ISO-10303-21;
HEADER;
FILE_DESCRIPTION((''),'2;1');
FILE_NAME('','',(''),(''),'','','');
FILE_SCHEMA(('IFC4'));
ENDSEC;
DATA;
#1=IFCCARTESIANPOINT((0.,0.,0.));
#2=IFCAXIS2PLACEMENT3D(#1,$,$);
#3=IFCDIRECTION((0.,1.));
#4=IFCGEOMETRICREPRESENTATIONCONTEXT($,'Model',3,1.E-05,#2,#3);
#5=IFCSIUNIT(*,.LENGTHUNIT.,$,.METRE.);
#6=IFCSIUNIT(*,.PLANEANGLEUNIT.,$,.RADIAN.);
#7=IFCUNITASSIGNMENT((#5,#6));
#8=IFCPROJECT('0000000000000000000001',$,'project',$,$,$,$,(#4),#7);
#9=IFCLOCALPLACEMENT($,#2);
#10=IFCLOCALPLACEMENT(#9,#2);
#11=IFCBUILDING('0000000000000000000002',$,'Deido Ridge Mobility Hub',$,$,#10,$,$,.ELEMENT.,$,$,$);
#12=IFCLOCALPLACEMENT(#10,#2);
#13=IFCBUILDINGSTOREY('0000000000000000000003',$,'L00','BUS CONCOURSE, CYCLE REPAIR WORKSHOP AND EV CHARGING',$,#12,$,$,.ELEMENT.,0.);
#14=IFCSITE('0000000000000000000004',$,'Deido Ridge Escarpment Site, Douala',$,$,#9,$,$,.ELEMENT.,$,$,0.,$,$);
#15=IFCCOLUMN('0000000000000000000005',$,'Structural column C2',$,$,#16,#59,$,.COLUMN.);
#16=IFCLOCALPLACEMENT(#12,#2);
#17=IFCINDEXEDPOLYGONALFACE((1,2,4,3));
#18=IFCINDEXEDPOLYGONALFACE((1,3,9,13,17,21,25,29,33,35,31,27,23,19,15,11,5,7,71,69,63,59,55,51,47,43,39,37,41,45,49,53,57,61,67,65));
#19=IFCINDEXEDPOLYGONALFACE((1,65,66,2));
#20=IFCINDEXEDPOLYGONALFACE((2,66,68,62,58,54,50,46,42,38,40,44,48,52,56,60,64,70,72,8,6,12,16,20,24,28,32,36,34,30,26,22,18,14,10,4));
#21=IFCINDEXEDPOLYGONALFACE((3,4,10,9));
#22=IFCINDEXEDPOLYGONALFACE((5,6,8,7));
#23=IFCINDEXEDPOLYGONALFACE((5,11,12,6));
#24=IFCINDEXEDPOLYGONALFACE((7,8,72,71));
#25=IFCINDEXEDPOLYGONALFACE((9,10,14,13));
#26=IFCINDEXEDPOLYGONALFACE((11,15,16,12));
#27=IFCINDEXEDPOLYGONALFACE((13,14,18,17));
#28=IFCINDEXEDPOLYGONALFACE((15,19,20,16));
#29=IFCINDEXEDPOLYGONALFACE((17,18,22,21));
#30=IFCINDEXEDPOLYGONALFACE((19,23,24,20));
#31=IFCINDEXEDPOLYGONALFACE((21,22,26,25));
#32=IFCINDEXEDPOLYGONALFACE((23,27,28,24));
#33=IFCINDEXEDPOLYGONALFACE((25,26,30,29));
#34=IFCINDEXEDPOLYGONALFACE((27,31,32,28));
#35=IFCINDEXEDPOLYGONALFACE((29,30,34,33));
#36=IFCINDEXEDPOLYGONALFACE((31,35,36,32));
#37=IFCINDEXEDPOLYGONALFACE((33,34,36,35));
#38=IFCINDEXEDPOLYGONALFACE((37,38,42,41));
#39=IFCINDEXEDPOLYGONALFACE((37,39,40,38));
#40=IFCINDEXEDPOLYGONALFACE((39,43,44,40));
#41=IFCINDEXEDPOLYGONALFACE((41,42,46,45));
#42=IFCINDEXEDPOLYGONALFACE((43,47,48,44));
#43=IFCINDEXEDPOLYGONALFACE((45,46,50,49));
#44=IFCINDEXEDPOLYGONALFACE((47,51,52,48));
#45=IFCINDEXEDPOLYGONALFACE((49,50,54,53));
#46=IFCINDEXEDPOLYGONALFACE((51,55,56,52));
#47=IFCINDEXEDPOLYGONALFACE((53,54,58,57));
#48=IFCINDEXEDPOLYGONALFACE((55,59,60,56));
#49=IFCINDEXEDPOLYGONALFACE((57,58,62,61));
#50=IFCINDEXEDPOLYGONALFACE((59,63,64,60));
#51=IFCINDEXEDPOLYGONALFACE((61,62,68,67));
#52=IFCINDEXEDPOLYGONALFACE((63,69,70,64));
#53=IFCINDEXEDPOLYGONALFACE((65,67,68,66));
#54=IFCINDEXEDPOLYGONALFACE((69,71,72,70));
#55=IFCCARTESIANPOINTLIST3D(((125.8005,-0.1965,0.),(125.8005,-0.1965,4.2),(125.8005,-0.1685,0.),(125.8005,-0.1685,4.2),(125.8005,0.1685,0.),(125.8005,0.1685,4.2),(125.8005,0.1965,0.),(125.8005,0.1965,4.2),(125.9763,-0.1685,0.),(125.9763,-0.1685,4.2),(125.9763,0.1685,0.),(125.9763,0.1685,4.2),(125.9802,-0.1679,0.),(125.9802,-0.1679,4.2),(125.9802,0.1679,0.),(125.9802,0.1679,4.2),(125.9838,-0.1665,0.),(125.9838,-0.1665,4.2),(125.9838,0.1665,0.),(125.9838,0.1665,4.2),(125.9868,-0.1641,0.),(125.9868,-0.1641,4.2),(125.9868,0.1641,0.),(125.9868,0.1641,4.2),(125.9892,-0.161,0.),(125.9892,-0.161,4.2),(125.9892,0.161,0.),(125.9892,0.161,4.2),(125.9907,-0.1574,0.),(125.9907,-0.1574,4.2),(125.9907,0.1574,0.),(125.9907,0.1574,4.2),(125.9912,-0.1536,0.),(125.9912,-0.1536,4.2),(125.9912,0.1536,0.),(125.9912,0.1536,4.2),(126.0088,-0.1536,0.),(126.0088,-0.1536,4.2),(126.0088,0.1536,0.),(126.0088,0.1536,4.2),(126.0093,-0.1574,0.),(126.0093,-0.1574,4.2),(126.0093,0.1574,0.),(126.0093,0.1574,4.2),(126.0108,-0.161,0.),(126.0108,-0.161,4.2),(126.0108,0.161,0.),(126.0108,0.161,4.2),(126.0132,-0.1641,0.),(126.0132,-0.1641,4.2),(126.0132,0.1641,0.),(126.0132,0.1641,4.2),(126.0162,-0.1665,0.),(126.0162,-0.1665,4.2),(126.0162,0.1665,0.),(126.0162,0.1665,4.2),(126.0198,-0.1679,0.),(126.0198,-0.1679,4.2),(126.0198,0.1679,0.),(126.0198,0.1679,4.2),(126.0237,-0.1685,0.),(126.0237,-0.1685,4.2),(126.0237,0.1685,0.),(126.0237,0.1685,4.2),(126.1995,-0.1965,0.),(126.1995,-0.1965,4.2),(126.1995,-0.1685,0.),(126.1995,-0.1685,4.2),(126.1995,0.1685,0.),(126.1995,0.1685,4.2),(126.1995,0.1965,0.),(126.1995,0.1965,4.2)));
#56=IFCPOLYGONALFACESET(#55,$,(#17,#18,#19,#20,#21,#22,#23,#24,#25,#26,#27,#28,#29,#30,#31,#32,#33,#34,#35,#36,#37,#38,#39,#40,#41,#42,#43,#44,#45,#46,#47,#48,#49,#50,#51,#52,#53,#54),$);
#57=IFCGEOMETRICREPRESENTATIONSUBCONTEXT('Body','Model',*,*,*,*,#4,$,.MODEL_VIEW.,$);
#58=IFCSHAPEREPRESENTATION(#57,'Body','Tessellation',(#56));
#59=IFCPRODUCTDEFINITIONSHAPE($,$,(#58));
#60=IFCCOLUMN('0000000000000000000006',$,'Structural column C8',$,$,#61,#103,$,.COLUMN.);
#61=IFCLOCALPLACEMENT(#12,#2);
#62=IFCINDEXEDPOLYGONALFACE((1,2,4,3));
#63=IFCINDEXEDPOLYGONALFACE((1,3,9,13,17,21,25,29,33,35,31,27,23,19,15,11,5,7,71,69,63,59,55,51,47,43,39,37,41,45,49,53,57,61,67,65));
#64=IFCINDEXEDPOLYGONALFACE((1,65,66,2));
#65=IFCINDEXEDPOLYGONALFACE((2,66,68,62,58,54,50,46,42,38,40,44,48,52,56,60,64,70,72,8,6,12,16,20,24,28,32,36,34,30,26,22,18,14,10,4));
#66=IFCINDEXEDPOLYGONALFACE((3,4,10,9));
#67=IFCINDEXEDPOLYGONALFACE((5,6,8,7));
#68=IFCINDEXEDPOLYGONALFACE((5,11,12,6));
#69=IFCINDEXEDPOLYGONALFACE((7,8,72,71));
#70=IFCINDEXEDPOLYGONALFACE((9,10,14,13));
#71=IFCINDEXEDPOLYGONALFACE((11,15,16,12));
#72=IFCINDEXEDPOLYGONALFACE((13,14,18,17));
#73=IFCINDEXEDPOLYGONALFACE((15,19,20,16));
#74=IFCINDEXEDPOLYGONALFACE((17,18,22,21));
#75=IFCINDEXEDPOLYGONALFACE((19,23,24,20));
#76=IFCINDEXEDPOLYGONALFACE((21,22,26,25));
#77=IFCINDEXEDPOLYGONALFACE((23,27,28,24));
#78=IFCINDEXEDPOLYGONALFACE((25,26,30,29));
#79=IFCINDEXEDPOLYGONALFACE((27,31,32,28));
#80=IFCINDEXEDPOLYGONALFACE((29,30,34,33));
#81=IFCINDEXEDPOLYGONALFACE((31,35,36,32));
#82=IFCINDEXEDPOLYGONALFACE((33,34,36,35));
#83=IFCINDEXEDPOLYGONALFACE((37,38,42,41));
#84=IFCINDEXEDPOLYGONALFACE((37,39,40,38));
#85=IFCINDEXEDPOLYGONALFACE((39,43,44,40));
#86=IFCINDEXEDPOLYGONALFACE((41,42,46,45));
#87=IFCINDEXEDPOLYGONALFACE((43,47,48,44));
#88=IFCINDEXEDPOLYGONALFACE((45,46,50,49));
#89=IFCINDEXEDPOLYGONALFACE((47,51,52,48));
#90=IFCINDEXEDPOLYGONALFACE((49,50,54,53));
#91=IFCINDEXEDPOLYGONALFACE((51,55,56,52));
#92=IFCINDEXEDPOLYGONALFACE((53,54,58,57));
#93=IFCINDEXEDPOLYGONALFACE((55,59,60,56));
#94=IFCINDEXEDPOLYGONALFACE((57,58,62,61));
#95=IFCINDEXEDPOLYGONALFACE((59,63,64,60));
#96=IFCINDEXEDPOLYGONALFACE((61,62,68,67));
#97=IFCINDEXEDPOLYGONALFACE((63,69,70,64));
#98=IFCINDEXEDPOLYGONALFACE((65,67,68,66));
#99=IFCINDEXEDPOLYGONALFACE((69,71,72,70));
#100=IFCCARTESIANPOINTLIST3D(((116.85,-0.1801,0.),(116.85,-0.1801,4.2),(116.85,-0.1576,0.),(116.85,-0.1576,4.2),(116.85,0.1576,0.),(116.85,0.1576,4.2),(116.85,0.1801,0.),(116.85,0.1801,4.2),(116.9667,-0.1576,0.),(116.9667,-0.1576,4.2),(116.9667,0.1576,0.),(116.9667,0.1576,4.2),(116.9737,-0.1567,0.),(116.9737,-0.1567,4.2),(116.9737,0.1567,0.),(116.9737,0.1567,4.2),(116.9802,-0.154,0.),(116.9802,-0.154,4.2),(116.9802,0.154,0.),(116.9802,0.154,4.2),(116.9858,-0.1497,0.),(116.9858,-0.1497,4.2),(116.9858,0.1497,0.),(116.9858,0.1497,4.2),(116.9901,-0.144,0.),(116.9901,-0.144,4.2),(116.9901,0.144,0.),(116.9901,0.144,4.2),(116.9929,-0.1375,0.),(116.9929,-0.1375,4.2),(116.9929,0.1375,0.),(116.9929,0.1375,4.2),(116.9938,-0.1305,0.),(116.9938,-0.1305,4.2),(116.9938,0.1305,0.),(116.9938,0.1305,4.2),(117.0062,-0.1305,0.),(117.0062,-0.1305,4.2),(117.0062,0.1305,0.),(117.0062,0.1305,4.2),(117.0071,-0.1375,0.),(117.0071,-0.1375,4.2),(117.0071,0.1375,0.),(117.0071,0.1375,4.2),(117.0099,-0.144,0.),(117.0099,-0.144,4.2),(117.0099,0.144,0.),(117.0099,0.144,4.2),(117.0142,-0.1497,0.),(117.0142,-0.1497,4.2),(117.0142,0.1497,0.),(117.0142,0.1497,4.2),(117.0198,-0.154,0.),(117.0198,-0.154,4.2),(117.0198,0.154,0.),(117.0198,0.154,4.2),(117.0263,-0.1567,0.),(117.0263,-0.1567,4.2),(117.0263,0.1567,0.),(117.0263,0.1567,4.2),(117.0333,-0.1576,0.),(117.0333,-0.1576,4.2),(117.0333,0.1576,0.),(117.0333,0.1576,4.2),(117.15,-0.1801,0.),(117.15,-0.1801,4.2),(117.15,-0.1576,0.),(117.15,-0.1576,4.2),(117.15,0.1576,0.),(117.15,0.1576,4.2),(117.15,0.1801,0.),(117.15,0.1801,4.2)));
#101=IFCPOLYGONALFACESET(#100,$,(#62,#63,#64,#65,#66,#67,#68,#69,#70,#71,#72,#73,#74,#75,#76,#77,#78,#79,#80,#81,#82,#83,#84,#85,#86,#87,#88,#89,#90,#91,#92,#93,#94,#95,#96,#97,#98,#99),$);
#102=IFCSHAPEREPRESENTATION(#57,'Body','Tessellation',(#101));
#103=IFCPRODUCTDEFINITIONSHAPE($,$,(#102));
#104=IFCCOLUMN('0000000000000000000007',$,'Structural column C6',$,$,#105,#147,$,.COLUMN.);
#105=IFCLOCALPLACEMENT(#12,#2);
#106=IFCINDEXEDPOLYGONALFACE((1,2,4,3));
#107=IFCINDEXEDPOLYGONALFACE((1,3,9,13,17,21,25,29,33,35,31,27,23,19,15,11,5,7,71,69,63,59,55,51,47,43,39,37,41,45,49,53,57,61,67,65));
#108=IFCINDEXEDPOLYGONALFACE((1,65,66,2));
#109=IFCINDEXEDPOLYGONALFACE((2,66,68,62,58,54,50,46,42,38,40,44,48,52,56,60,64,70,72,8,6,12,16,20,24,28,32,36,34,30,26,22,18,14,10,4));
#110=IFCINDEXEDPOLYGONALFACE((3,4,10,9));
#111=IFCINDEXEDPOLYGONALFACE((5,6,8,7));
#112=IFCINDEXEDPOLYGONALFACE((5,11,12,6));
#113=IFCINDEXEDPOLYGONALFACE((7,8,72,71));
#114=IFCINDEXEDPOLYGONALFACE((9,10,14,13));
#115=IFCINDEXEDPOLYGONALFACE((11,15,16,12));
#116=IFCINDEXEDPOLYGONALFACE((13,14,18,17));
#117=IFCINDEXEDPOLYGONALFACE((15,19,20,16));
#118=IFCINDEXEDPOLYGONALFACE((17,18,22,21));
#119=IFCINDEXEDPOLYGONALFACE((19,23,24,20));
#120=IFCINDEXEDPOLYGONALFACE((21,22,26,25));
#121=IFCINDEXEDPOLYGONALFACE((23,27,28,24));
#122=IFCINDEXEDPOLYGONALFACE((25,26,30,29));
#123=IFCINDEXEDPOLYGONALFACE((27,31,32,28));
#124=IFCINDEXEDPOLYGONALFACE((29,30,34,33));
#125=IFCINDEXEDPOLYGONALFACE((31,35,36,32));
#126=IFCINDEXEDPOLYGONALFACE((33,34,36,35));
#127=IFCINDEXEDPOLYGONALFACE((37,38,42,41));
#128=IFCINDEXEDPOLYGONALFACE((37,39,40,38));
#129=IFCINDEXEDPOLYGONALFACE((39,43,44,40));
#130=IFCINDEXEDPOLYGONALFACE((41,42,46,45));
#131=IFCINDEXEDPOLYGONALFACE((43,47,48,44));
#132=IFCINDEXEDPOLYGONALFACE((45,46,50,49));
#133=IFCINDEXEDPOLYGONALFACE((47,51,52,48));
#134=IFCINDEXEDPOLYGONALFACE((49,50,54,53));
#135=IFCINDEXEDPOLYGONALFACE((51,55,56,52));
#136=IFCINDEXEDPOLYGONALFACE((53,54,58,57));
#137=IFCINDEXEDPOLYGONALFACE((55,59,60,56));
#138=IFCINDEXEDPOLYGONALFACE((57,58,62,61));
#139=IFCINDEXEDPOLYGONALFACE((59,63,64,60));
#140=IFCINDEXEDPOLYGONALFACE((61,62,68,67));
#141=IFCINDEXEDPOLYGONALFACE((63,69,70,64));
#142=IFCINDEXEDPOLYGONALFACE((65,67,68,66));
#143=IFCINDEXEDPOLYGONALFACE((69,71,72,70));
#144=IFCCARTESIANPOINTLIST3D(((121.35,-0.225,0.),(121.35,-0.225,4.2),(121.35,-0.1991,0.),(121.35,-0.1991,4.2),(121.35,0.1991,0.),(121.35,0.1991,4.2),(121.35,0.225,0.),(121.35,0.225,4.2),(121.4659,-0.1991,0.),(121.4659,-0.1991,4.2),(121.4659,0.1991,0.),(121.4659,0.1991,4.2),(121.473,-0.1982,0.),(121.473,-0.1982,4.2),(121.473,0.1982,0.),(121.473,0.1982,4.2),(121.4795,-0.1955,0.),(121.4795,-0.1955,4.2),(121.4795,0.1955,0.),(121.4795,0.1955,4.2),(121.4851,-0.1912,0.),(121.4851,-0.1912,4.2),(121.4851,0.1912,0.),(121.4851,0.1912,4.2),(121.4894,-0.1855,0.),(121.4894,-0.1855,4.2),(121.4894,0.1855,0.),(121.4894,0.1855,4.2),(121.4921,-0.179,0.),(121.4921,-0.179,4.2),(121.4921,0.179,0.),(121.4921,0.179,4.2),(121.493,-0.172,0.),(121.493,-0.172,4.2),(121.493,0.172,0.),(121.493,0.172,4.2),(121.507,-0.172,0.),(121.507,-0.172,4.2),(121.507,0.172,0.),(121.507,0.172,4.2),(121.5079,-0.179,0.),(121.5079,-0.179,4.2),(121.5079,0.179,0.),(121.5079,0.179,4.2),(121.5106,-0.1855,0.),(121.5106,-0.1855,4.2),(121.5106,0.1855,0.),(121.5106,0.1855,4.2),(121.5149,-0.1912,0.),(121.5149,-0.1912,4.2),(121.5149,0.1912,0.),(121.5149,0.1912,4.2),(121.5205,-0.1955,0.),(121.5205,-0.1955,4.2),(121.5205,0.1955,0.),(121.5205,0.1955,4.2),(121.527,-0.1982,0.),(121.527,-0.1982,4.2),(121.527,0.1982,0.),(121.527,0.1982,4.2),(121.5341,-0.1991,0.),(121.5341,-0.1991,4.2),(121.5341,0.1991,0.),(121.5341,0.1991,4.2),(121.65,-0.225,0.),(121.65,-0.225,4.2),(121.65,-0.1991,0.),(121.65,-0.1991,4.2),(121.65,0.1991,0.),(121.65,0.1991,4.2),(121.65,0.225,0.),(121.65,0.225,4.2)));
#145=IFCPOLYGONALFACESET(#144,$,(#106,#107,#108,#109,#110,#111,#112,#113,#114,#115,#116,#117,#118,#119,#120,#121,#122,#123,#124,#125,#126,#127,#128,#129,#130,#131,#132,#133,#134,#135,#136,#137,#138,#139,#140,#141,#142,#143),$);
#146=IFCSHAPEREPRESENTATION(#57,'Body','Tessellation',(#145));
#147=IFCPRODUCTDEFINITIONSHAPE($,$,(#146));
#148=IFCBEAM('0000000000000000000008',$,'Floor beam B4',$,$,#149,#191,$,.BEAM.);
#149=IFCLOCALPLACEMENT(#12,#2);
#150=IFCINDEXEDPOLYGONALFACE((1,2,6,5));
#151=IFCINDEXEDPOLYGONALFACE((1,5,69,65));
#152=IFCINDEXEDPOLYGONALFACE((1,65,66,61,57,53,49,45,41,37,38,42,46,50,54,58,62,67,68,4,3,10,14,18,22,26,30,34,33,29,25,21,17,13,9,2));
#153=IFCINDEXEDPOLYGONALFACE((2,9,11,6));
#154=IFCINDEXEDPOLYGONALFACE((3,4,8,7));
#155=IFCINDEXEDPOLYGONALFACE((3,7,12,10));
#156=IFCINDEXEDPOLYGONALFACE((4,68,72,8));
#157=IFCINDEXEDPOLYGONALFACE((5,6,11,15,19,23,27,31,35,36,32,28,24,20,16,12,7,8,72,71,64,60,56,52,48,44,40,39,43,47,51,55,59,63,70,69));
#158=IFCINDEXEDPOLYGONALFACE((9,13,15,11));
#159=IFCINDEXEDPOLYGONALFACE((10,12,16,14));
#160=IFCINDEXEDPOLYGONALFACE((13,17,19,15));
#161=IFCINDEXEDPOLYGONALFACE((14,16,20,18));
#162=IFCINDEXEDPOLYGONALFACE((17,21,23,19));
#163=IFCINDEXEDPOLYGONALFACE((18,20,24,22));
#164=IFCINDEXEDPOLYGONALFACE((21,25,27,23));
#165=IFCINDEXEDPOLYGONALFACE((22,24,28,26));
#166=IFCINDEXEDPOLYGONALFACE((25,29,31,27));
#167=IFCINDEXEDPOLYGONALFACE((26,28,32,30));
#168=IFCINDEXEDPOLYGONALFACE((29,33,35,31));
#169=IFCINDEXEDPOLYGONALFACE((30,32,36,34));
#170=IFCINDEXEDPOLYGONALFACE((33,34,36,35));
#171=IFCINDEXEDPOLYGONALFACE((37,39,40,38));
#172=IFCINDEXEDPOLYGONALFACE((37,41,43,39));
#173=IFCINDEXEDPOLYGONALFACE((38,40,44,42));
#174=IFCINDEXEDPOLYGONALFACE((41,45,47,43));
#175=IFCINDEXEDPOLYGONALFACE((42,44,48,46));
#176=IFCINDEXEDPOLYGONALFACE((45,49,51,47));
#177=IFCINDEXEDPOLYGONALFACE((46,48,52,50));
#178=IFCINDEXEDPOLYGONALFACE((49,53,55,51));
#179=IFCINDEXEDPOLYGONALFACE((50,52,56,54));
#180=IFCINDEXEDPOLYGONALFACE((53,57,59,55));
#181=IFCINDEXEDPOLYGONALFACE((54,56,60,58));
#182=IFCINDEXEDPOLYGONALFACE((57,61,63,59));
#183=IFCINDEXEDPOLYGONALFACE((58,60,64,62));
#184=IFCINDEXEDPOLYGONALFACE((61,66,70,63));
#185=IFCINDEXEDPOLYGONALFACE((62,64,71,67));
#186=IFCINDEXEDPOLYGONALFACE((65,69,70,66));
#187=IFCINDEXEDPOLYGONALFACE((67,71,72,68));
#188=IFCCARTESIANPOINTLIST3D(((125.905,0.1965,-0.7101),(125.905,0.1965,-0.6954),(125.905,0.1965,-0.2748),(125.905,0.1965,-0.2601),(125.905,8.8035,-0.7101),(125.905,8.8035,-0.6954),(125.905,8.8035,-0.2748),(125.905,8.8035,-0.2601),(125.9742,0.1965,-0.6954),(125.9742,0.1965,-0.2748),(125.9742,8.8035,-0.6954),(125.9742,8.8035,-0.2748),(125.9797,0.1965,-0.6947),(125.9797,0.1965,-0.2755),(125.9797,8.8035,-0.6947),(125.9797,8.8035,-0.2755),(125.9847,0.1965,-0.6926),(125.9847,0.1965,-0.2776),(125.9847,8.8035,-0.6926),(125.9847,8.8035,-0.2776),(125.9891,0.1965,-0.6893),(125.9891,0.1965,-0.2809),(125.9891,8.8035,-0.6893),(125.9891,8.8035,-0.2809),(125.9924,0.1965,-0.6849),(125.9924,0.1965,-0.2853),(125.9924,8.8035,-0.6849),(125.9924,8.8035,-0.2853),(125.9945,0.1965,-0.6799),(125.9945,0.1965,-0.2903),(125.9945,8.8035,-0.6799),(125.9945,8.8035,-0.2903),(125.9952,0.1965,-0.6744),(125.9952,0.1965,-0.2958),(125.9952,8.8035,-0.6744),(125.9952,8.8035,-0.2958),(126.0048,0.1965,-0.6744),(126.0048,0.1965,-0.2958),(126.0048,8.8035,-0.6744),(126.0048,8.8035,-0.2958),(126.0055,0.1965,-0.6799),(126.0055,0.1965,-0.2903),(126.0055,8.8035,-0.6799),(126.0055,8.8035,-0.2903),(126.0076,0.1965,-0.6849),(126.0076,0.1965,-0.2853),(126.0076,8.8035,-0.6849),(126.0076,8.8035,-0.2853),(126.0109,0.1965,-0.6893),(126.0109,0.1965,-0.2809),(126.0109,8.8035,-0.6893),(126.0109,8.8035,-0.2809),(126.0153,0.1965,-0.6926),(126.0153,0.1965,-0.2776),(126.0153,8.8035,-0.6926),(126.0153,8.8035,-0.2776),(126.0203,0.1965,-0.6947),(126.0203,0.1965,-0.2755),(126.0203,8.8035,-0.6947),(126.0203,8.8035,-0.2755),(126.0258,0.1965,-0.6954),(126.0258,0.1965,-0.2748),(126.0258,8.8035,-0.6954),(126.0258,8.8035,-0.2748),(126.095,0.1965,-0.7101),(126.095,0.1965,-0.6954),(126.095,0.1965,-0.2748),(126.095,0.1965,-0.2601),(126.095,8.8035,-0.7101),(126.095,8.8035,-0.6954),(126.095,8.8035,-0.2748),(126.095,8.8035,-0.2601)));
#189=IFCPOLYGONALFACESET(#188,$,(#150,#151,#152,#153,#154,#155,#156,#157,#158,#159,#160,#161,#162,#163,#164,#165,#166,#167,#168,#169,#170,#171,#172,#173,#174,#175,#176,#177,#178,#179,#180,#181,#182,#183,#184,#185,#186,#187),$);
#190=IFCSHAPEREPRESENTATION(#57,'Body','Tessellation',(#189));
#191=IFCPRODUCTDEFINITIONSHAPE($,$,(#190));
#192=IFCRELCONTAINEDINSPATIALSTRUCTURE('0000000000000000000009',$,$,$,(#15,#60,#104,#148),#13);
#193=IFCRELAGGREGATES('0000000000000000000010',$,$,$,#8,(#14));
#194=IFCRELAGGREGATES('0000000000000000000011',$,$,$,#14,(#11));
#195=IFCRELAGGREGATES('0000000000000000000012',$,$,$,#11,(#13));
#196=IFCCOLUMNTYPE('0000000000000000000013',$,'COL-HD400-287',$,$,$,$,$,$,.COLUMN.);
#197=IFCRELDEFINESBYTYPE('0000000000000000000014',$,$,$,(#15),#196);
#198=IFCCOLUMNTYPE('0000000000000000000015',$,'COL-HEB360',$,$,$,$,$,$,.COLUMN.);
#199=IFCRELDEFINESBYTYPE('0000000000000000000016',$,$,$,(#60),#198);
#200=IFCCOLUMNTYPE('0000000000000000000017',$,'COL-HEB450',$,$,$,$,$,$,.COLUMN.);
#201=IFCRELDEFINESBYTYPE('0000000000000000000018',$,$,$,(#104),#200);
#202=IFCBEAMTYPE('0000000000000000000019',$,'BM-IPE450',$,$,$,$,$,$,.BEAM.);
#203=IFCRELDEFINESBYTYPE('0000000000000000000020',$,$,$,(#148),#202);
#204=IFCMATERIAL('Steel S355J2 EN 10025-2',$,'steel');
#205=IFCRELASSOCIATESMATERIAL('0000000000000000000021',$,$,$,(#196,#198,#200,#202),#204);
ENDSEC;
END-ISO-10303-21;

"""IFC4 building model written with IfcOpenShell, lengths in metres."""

from ifc_helpers import new_model, si_unit, direction, frame, origin, origin_2d, place, context, subcontext, project, spatial, i_section, extrude, material, material_profile, profile_set, type_object, element, save


model = new_model("IFC4")

# Units and contexts
model_context = context("Model", 3, precision=1e-05, world=origin(), true_north=direction((0.0, 1.0)))
body_context = subcontext(model_context, "Body", "Model", "MODEL_VIEW")
ifc_project = project(units=[si_unit("LENGTHUNIT", "METRE"), si_unit("PLANEANGLEUNIT", "RADIAN")], contexts=[model_context])

# Site, building, storey
site_placement = place(None, origin())
site = spatial("IfcSite", under=ifc_project, at=site_placement, Name="Deido Ridge Escarpment Site, Douala", CompositionType="ELEMENT", RefElevation=0.0)
building_placement = place(site_placement, origin())
building = spatial("IfcBuilding", under=site, at=building_placement, Name="Deido Ridge Mobility Hub", CompositionType="ELEMENT")
storey_placement = place(building_placement, origin())
storey = spatial("IfcBuildingStorey", under=building, at=storey_placement, Name="L00", Description="BUS CONCOURSE, CYCLE REPAIR WORKSHOP AND EV CHARGING", CompositionType="ELEMENT", Elevation=0.0)

# Columns
ifc_material_1 = material(Name="Steel S355J2 EN 10025-2", Category="steel")
ifc_material_profile_1 = material_profile(ifc_material_1, i_section(OverallWidth=0.3989, OverallDepth=0.3931, WebThickness=0.0176, FlangeThickness=0.0281, FilletRadius=0.0149, at=origin_2d()), Name="HD 400x287")
ifc_profile_set_1 = profile_set([ifc_material_profile_1], Name="Steel S355J2 EN 10025-2")
column_type_1 = type_object("IfcColumnType", Name="COL-HD400-287", PredefinedType="COLUMN", material=ifc_profile_set_1)
column_1_placement = place(storey_placement, frame((126.0, 0.0, 0.0), z_axis=(0.0, 0.0, 1.0), x_axis=(1.0, 0.0, 0.0)))
element("IfcColumn", 1, at=column_1_placement, inside=storey, type_object=column_type_1, Name="Structural column C2", PredefinedType="COLUMN", context=body_context, shape_type="SweptSolid", body=[
    extrude(i_section(OverallWidth=0.3989, OverallDepth=0.3931, WebThickness=0.0176, FlangeThickness=0.0281, FilletRadius=0.0149, at=origin_2d()), origin(), (0.0, 0.0, 1.0), 4.2),
])
ifc_material_profile_2 = material_profile(ifc_material_1, i_section(OverallWidth=0.3, OverallDepth=0.3601, WebThickness=0.0125, FlangeThickness=0.0225, FilletRadius=0.0271, at=origin_2d()), Name="HEB 360")
ifc_profile_set_2 = profile_set([ifc_material_profile_2], Name="Steel S355J2 EN 10025-2")
column_type_2 = type_object("IfcColumnType", Name="COL-HEB360", PredefinedType="COLUMN", material=ifc_profile_set_2)
column_2_placement = place(storey_placement, frame((117.0, 0.0, 0.0), z_axis=(0.0, 0.0, 1.0), x_axis=(1.0, 0.0, 0.0)))
element("IfcColumn", 2, at=column_2_placement, inside=storey, type_object=column_type_2, Name="Structural column C8", PredefinedType="COLUMN", context=body_context, shape_type="SweptSolid", body=[
    extrude(i_section(OverallWidth=0.3, OverallDepth=0.3601, WebThickness=0.0125, FlangeThickness=0.0225, FilletRadius=0.0271, at=origin_2d()), origin(), (0.0, 0.0, 1.0), 4.2),
])
ifc_material_profile_3 = material_profile(ifc_material_1, i_section(OverallWidth=0.3, OverallDepth=0.45, WebThickness=0.0139, FlangeThickness=0.0259, FilletRadius=0.0271, at=origin_2d()), Name="HEB 450")
ifc_profile_set_3 = profile_set([ifc_material_profile_3], Name="Steel S355J2 EN 10025-2")
column_type_3 = type_object("IfcColumnType", Name="COL-HEB450", PredefinedType="COLUMN", material=ifc_profile_set_3)
column_3_placement = place(storey_placement, frame((121.5, 0.0, 0.0), z_axis=(0.0, 0.0, 1.0), x_axis=(1.0, 0.0, 0.0)))
element("IfcColumn", 3, at=column_3_placement, inside=storey, type_object=column_type_3, Name="Structural column C6", PredefinedType="COLUMN", context=body_context, shape_type="SweptSolid", body=[
    extrude(i_section(OverallWidth=0.3, OverallDepth=0.45, WebThickness=0.0139, FlangeThickness=0.0259, FilletRadius=0.0271, at=origin_2d()), origin(), (0.0, 0.0, 1.0), 4.2),
])

# Beam
ifc_material_profile_4 = material_profile(ifc_material_1, i_section(OverallWidth=0.1899, OverallDepth=0.45, WebThickness=0.0095, FlangeThickness=0.0146, FilletRadius=0.021, at=origin_2d()), Name="IPE 450")
ifc_profile_set_4 = profile_set([ifc_material_profile_4], Name="Steel S355J2 EN 10025-2")
beam_type_1 = type_object("IfcBeamType", Name="BM-IPE450", PredefinedType="BEAM", material=ifc_profile_set_4)
beam_1_placement = place(storey_placement, frame((126.0, 0.1965, -0.4851), z_axis=(0.0, 1.0, 0.0), x_axis=(-1.0, 0.0, 0.0)))
element("IfcBeam", 4, at=beam_1_placement, inside=storey, type_object=beam_type_1, Name="Floor beam B4", PredefinedType="BEAM", context=body_context, shape_type="SweptSolid", body=[
    extrude(i_section(OverallWidth=0.1899, OverallDepth=0.45, WebThickness=0.0095, FlangeThickness=0.0146, FilletRadius=0.021, at=origin_2d()), origin(), (0.0, 0.0, 1.0), 8.6069),
])

save(model, "model.ifc")
